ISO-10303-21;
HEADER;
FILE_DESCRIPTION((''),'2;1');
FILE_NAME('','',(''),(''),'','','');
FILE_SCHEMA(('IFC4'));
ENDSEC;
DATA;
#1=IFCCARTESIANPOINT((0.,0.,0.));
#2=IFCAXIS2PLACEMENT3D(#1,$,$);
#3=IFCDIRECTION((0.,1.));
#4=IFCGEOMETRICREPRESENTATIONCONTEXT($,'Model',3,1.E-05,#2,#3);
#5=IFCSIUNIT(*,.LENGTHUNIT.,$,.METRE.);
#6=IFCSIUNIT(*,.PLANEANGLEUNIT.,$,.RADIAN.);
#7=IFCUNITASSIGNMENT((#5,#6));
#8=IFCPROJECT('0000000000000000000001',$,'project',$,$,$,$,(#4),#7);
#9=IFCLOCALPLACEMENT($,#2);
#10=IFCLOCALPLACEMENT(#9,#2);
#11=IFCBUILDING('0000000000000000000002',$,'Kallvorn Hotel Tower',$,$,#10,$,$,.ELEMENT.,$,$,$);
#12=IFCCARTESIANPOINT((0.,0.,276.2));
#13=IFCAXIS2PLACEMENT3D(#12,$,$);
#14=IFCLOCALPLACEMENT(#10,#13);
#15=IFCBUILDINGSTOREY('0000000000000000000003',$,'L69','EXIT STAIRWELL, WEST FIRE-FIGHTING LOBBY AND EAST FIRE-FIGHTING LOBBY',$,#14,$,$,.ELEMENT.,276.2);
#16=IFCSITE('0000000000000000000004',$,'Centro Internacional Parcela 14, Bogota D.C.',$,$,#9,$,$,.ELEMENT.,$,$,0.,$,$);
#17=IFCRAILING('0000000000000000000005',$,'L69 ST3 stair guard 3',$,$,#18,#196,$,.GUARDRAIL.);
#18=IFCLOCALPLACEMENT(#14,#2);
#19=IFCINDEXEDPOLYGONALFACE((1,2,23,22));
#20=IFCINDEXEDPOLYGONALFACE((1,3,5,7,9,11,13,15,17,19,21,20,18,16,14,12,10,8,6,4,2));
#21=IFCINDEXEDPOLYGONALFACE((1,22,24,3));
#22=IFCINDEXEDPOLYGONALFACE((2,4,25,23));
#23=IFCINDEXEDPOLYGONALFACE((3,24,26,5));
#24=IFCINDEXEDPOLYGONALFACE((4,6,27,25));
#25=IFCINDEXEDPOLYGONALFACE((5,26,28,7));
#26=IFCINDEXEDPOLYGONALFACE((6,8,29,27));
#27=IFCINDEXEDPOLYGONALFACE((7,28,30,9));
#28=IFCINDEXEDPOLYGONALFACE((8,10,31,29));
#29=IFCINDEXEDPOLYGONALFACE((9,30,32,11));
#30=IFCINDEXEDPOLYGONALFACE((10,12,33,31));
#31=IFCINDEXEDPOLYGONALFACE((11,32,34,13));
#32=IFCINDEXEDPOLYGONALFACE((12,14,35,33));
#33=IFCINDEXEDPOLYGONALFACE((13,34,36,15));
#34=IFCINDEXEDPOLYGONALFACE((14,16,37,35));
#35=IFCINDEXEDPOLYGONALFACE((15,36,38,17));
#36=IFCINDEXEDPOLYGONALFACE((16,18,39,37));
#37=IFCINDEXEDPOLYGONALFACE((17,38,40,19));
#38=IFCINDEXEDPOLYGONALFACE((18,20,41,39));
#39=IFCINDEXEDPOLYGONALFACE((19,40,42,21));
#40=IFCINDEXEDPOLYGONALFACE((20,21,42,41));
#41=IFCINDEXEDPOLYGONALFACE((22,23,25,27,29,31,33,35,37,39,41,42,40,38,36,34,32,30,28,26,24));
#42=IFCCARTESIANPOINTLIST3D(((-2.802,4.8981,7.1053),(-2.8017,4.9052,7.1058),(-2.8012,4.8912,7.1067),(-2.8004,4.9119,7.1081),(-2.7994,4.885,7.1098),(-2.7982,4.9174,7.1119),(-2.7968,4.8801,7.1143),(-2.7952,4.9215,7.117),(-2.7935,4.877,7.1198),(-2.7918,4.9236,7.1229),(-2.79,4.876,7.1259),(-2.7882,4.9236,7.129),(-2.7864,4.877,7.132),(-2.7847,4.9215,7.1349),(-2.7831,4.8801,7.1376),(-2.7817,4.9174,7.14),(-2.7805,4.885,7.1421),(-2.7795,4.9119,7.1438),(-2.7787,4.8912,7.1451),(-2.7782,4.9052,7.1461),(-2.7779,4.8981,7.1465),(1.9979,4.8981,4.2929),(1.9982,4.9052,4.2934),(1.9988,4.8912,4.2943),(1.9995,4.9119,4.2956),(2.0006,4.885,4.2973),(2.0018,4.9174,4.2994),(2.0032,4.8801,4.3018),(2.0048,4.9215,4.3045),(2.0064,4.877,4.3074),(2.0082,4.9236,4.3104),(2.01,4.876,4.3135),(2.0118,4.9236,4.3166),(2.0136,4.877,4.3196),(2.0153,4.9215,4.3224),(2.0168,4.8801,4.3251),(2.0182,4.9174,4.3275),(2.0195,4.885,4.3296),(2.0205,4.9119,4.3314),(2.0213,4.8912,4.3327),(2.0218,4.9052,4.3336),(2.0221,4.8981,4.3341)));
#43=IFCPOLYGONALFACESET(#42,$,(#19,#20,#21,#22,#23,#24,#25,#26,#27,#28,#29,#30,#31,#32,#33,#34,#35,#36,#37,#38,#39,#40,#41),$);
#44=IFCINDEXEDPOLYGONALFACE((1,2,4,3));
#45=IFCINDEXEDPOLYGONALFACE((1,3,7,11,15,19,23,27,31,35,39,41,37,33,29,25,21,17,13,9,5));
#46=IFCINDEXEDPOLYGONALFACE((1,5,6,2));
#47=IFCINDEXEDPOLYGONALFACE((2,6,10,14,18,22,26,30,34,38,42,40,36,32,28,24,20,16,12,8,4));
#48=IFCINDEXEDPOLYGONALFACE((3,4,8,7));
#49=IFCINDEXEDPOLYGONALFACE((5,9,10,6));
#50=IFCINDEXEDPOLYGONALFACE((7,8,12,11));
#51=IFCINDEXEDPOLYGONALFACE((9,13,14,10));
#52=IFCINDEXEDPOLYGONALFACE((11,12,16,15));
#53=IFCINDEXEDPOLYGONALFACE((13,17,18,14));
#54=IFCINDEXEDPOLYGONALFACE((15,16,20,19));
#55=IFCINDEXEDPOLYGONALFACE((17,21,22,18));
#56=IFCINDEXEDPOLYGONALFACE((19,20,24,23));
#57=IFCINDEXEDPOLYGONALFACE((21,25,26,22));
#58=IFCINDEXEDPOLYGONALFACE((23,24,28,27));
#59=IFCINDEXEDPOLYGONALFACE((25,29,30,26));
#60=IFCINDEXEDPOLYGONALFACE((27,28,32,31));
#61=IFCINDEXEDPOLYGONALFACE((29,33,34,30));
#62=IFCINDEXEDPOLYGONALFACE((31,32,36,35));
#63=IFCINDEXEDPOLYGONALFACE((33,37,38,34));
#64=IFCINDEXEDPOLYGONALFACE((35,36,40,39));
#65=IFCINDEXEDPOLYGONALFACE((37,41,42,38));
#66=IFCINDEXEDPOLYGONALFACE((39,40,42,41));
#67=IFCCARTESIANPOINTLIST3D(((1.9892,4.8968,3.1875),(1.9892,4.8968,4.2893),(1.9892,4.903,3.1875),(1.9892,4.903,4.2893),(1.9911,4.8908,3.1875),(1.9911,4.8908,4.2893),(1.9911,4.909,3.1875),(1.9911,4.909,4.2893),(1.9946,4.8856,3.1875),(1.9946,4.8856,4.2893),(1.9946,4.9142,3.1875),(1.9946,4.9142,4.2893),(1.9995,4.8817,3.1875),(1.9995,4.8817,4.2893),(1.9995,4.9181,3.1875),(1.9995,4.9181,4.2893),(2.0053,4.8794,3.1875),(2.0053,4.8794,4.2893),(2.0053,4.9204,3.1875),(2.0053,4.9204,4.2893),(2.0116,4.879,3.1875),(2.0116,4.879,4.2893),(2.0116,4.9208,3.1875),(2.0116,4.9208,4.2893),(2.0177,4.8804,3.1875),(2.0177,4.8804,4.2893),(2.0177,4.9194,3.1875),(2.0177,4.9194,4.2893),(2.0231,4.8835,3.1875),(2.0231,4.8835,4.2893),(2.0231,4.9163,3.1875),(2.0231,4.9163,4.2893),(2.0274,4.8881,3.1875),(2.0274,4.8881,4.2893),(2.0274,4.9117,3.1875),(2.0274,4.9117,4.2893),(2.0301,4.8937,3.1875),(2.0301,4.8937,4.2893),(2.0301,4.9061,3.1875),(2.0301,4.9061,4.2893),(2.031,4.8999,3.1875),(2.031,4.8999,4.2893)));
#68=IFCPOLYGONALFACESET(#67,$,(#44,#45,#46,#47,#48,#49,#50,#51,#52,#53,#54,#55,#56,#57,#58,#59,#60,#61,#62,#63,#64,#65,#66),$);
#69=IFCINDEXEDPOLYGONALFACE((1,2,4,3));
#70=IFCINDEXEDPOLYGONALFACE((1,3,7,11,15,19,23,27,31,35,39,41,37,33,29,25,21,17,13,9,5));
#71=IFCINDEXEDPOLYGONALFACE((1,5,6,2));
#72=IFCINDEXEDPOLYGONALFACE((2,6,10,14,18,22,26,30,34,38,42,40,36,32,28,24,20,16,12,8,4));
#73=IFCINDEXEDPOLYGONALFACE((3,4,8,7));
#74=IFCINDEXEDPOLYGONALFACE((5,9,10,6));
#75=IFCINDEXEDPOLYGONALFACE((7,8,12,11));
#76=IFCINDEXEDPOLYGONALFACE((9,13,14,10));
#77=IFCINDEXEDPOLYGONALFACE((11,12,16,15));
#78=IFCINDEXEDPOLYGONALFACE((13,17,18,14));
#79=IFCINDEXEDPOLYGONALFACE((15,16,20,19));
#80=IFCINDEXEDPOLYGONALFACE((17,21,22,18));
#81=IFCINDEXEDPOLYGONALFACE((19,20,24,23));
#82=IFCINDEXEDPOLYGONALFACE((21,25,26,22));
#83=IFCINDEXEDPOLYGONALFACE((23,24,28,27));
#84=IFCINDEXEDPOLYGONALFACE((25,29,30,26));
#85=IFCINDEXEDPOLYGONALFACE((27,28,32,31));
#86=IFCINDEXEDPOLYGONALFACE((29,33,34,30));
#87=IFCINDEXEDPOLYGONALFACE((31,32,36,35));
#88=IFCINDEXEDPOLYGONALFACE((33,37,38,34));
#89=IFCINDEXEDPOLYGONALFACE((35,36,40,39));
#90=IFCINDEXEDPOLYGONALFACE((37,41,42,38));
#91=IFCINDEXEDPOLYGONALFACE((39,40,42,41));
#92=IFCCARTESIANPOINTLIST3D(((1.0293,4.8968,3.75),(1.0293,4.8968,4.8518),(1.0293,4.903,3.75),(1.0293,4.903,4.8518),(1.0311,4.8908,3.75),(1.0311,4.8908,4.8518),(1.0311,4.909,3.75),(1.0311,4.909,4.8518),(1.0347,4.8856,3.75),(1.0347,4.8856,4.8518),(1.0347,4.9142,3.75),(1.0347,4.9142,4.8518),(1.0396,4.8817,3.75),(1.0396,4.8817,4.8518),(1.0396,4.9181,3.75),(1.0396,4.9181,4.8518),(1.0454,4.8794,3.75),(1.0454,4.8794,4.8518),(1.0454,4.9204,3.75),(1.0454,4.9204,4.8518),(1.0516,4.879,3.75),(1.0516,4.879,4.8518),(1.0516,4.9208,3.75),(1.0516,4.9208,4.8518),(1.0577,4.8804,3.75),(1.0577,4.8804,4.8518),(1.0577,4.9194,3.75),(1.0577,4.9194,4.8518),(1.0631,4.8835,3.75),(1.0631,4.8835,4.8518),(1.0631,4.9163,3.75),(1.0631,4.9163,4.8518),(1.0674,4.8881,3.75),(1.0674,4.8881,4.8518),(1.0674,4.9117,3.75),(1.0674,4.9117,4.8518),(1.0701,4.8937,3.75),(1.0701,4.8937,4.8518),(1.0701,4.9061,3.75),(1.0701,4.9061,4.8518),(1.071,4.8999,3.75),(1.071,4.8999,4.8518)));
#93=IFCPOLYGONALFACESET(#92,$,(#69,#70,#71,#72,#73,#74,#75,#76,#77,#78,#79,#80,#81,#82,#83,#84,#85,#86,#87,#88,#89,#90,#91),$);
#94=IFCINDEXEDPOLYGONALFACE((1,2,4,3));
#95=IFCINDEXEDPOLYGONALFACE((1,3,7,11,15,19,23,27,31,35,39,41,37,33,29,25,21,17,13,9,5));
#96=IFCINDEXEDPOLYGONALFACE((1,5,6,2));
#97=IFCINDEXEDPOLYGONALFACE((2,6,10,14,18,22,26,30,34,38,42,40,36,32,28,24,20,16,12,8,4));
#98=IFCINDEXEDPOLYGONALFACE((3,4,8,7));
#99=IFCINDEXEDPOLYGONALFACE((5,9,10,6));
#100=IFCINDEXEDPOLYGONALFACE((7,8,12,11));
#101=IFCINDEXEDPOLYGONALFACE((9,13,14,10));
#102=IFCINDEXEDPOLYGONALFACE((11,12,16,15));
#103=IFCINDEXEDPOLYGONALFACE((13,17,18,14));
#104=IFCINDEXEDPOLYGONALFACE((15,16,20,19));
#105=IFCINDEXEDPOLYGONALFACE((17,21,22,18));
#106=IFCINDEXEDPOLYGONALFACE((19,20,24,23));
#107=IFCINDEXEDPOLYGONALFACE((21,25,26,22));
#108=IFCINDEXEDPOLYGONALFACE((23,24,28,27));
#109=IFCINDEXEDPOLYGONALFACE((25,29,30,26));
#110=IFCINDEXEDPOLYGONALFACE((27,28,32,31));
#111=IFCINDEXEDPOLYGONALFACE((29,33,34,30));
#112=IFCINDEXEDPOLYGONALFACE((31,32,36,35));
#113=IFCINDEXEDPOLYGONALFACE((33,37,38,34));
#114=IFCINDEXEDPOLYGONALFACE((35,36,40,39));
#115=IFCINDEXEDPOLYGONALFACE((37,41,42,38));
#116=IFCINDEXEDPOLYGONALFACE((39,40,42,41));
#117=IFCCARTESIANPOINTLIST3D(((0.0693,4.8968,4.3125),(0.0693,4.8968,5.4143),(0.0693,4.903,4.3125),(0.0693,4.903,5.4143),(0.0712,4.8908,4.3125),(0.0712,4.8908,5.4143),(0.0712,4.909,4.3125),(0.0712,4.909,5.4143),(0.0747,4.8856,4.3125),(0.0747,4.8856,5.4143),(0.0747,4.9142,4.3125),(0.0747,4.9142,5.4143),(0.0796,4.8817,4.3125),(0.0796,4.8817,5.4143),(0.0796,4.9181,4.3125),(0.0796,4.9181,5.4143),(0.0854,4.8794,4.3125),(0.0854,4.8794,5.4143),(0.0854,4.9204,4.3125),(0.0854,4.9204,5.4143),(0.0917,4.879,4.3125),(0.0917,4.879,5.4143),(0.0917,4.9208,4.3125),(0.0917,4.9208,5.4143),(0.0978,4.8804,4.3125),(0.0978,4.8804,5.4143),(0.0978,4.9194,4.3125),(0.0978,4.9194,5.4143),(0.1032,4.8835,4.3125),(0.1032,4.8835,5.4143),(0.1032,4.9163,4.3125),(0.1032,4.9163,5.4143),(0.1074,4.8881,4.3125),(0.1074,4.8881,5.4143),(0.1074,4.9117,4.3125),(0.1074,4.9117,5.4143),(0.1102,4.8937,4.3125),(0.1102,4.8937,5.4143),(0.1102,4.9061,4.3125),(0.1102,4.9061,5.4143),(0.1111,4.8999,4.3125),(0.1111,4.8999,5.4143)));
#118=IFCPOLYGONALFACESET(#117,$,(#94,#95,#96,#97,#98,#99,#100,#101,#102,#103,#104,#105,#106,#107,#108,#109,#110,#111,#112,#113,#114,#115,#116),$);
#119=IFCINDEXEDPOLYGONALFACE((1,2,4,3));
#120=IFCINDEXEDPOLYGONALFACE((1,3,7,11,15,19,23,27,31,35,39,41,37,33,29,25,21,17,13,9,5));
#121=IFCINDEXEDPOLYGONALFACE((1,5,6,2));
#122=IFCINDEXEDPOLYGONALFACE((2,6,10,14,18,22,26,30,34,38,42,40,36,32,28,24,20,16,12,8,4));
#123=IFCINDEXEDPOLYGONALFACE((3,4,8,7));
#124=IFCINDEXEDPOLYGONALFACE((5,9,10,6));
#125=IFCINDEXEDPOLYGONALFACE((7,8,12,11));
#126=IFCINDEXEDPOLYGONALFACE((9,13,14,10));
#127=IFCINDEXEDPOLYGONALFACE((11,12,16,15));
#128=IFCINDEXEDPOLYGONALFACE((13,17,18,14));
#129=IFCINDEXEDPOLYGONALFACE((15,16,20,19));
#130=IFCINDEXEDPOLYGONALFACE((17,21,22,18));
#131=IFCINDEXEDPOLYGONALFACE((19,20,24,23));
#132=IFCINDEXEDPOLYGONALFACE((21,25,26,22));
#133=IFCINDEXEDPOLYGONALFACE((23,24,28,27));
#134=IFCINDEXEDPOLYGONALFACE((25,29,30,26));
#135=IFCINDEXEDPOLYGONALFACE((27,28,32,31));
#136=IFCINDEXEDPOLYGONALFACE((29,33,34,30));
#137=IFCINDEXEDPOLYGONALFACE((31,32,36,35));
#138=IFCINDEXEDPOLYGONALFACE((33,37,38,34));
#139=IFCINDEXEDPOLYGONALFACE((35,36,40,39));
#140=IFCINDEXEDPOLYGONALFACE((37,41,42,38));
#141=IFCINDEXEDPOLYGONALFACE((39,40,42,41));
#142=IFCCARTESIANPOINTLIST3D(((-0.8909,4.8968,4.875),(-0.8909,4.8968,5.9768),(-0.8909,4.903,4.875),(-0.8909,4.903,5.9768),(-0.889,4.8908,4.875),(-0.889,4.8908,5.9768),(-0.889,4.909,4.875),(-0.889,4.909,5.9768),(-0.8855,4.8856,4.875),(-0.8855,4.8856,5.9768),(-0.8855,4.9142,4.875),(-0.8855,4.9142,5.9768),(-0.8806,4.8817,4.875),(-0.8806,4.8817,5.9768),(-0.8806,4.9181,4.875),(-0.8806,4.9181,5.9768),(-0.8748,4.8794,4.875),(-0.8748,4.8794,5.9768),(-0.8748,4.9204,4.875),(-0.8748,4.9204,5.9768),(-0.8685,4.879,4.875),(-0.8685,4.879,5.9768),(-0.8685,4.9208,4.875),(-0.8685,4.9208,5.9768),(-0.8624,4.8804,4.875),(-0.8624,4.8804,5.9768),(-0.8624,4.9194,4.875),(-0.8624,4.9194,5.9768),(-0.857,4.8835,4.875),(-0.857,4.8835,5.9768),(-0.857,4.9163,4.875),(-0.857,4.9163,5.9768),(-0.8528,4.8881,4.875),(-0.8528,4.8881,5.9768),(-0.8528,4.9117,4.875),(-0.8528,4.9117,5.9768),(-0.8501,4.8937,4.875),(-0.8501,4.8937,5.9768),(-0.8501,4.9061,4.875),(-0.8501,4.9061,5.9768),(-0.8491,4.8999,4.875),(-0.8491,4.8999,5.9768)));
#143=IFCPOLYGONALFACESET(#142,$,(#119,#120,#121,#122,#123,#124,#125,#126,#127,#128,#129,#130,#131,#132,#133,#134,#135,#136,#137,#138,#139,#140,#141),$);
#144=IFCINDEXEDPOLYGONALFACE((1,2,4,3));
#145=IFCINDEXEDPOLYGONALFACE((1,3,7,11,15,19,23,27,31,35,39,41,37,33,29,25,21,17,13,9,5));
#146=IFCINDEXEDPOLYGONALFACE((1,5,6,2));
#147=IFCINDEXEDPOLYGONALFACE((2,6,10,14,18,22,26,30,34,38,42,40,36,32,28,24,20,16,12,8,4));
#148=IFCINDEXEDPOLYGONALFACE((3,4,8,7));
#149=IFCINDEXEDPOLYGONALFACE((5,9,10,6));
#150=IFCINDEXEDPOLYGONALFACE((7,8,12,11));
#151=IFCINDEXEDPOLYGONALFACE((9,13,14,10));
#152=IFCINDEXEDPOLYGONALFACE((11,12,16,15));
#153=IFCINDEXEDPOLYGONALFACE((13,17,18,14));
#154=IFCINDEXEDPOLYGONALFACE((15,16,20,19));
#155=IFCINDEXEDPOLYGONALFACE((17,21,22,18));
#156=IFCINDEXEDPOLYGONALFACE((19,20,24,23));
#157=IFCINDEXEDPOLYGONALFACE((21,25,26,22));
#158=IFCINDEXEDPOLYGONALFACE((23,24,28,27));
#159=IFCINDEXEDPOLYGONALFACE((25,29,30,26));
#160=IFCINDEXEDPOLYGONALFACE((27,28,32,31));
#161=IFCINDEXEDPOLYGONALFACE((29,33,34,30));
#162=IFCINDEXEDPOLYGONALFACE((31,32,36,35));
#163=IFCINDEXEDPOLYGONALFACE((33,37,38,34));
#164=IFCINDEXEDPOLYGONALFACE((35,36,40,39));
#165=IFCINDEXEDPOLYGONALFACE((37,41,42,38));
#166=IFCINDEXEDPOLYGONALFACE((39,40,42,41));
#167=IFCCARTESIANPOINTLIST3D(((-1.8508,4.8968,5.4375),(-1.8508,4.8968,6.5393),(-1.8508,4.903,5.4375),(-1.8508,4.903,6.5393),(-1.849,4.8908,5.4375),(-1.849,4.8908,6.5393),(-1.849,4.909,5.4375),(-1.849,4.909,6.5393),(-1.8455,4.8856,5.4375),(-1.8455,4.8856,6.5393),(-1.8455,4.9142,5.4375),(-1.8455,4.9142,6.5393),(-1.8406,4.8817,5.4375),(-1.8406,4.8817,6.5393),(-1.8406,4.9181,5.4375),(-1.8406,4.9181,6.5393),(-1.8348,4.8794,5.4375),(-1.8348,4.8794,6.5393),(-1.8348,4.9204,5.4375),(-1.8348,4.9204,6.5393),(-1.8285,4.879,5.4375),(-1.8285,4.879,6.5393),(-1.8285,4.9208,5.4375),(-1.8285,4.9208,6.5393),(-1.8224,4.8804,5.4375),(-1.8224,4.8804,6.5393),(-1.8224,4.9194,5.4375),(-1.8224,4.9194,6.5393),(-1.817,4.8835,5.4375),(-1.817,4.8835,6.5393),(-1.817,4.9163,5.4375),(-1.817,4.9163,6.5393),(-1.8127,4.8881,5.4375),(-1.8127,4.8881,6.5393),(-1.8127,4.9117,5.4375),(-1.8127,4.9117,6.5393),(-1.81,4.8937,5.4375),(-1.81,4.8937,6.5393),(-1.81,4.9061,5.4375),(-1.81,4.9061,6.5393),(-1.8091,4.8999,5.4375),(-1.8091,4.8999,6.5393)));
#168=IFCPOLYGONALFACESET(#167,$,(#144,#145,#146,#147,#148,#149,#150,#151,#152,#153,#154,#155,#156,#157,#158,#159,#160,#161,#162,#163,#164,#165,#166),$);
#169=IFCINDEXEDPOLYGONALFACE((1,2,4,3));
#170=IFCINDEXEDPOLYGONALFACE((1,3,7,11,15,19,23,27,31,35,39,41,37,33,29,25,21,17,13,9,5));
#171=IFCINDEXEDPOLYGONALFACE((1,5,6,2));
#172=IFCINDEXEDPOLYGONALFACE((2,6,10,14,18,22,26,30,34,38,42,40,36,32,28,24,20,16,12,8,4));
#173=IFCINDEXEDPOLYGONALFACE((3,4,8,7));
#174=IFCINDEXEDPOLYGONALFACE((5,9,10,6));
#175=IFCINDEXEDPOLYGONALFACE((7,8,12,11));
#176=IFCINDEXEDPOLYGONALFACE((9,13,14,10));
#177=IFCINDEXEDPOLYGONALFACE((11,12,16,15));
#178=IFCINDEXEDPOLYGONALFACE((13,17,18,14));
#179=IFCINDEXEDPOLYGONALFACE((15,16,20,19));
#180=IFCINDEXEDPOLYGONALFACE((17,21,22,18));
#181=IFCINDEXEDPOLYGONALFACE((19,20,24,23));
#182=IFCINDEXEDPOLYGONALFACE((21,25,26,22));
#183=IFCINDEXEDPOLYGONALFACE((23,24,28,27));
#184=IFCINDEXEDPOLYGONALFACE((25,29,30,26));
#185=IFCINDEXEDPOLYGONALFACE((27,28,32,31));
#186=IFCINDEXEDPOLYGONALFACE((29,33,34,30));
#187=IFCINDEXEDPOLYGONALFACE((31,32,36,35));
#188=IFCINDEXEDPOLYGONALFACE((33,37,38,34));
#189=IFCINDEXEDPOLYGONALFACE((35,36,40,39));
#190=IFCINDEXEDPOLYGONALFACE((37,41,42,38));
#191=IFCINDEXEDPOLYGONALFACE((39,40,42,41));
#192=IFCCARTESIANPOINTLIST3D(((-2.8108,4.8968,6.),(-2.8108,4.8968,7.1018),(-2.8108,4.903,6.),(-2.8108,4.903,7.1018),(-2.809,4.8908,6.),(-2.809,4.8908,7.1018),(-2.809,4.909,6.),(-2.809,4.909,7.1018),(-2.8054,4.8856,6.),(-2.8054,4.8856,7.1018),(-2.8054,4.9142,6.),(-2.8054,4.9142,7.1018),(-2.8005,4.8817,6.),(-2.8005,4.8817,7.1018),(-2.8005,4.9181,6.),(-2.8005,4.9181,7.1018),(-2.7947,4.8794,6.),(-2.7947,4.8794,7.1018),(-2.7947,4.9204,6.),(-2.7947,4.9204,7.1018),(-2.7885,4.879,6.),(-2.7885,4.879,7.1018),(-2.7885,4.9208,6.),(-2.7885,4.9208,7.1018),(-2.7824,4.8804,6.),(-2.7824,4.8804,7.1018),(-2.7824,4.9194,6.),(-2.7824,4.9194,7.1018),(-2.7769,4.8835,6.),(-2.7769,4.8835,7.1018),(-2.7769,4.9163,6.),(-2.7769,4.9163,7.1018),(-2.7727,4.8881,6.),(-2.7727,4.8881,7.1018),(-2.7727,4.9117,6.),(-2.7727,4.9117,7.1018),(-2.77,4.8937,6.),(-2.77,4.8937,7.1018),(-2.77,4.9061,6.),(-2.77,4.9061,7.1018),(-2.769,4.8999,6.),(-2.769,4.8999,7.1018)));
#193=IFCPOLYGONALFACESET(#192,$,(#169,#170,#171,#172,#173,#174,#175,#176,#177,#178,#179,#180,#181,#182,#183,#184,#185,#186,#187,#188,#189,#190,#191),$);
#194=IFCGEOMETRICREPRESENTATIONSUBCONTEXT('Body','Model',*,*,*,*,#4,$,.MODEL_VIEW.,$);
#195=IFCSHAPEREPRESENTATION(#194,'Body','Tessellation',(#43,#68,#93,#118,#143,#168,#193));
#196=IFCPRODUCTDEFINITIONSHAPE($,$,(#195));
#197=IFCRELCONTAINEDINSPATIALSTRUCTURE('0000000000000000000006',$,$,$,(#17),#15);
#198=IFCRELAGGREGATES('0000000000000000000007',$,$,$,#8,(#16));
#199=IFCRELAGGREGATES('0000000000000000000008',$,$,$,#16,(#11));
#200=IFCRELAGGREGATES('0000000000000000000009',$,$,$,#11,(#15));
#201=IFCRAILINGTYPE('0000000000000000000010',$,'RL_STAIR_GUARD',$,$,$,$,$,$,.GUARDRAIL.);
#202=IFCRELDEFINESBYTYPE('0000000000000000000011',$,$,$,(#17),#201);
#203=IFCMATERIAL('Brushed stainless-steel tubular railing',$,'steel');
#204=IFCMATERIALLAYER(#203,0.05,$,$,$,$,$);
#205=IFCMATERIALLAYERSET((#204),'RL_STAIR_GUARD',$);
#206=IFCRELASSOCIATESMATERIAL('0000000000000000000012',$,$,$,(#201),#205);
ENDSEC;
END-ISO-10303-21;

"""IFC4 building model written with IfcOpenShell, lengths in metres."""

from ifc_helpers import new_model, si_unit, direction, frame, origin, origin_2d, place, context, subcontext, project, spatial, circle, extrude, material, layer, layer_set, type_object, element, save


model = new_model("IFC4")

# Units and contexts
model_context = context("Model", 3, precision=1e-05, world=origin(), true_north=direction((0.0, 1.0)))
body_context = subcontext(model_context, "Body", "Model", "MODEL_VIEW")
ifc_project = project(units=[si_unit("LENGTHUNIT", "METRE"), si_unit("PLANEANGLEUNIT", "RADIAN")], contexts=[model_context])

# Site, building, storey
site_placement = place(None, origin())
site = spatial("IfcSite", under=ifc_project, at=site_placement, Name="Centro Internacional Parcela 14, Bogota D.C.", CompositionType="ELEMENT", RefElevation=0.0)
building_placement = place(site_placement, origin())
building = spatial("IfcBuilding", under=site, at=building_placement, Name="Kallvorn Hotel Tower", CompositionType="ELEMENT")
storey_placement = place(building_placement, frame((0.0, 0.0, 276.2)))
storey = spatial("IfcBuildingStorey", under=building, at=storey_placement, Name="L69", Description="EXIT STAIRWELL, WEST FIRE-FIGHTING LOBBY AND EAST FIRE-FIGHTING LOBBY", CompositionType="ELEMENT", Elevation=276.2)

# Railing
ifc_material_1 = material(Name="Brushed stainless-steel tubular railing", Category="steel")
ifc_layer_1 = layer(ifc_material_1, 0.05)
ifc_layer_set_1 = layer_set([ifc_layer_1], Name="RL_STAIR_GUARD")
railing_type_1 = type_object("IfcRailingType", Name="RL_STAIR_GUARD", PredefinedType="GUARDRAIL", material=ifc_layer_set_1)
railing_1_placement = place(storey_placement, frame((2.01, 4.8999, 3.1875)))
element("IfcRailing", 1, at=railing_1_placement, inside=storey, type_object=railing_type_1, Name="L69 ST3 stair guard 3", PredefinedType="GUARDRAIL", context=body_context, shape_type="SweptSolid", body=[
    extrude(circle(Radius=0.0239, at=origin_2d()), frame((0.0, 0.0, 1.126), z_axis=(-0.862802, 0.0, 0.505543), x_axis=(0.0, -1.0, 0.0)), (0.0, 0.0, 1.0), 5.5632),
    extrude(circle(Radius=0.021, at=origin_2d()), origin(), (0.0, 0.0, 1.0), 1.1018),
    extrude(circle(Radius=0.021, at=origin_2d()), frame((-0.96, 0.0, 0.5625)), (0.0, 0.0, 1.0), 1.1018),
    extrude(circle(Radius=0.021, at=origin_2d()), frame((-1.9199, 0.0, 1.125)), (0.0, 0.0, 1.0), 1.1018),
    extrude(circle(Radius=0.021, at=origin_2d()), frame((-2.8801, 0.0, 1.6875)), (0.0, 0.0, 1.0), 1.1018),
    extrude(circle(Radius=0.021, at=origin_2d()), frame((-3.8401, 0.0, 2.25)), (0.0, 0.0, 1.0), 1.1018),
    extrude(circle(Radius=0.021, at=origin_2d()), frame((-4.8, 0.0, 2.8125)), (0.0, 0.0, 1.0), 1.1018),
])

save(model, "model.ifc")
